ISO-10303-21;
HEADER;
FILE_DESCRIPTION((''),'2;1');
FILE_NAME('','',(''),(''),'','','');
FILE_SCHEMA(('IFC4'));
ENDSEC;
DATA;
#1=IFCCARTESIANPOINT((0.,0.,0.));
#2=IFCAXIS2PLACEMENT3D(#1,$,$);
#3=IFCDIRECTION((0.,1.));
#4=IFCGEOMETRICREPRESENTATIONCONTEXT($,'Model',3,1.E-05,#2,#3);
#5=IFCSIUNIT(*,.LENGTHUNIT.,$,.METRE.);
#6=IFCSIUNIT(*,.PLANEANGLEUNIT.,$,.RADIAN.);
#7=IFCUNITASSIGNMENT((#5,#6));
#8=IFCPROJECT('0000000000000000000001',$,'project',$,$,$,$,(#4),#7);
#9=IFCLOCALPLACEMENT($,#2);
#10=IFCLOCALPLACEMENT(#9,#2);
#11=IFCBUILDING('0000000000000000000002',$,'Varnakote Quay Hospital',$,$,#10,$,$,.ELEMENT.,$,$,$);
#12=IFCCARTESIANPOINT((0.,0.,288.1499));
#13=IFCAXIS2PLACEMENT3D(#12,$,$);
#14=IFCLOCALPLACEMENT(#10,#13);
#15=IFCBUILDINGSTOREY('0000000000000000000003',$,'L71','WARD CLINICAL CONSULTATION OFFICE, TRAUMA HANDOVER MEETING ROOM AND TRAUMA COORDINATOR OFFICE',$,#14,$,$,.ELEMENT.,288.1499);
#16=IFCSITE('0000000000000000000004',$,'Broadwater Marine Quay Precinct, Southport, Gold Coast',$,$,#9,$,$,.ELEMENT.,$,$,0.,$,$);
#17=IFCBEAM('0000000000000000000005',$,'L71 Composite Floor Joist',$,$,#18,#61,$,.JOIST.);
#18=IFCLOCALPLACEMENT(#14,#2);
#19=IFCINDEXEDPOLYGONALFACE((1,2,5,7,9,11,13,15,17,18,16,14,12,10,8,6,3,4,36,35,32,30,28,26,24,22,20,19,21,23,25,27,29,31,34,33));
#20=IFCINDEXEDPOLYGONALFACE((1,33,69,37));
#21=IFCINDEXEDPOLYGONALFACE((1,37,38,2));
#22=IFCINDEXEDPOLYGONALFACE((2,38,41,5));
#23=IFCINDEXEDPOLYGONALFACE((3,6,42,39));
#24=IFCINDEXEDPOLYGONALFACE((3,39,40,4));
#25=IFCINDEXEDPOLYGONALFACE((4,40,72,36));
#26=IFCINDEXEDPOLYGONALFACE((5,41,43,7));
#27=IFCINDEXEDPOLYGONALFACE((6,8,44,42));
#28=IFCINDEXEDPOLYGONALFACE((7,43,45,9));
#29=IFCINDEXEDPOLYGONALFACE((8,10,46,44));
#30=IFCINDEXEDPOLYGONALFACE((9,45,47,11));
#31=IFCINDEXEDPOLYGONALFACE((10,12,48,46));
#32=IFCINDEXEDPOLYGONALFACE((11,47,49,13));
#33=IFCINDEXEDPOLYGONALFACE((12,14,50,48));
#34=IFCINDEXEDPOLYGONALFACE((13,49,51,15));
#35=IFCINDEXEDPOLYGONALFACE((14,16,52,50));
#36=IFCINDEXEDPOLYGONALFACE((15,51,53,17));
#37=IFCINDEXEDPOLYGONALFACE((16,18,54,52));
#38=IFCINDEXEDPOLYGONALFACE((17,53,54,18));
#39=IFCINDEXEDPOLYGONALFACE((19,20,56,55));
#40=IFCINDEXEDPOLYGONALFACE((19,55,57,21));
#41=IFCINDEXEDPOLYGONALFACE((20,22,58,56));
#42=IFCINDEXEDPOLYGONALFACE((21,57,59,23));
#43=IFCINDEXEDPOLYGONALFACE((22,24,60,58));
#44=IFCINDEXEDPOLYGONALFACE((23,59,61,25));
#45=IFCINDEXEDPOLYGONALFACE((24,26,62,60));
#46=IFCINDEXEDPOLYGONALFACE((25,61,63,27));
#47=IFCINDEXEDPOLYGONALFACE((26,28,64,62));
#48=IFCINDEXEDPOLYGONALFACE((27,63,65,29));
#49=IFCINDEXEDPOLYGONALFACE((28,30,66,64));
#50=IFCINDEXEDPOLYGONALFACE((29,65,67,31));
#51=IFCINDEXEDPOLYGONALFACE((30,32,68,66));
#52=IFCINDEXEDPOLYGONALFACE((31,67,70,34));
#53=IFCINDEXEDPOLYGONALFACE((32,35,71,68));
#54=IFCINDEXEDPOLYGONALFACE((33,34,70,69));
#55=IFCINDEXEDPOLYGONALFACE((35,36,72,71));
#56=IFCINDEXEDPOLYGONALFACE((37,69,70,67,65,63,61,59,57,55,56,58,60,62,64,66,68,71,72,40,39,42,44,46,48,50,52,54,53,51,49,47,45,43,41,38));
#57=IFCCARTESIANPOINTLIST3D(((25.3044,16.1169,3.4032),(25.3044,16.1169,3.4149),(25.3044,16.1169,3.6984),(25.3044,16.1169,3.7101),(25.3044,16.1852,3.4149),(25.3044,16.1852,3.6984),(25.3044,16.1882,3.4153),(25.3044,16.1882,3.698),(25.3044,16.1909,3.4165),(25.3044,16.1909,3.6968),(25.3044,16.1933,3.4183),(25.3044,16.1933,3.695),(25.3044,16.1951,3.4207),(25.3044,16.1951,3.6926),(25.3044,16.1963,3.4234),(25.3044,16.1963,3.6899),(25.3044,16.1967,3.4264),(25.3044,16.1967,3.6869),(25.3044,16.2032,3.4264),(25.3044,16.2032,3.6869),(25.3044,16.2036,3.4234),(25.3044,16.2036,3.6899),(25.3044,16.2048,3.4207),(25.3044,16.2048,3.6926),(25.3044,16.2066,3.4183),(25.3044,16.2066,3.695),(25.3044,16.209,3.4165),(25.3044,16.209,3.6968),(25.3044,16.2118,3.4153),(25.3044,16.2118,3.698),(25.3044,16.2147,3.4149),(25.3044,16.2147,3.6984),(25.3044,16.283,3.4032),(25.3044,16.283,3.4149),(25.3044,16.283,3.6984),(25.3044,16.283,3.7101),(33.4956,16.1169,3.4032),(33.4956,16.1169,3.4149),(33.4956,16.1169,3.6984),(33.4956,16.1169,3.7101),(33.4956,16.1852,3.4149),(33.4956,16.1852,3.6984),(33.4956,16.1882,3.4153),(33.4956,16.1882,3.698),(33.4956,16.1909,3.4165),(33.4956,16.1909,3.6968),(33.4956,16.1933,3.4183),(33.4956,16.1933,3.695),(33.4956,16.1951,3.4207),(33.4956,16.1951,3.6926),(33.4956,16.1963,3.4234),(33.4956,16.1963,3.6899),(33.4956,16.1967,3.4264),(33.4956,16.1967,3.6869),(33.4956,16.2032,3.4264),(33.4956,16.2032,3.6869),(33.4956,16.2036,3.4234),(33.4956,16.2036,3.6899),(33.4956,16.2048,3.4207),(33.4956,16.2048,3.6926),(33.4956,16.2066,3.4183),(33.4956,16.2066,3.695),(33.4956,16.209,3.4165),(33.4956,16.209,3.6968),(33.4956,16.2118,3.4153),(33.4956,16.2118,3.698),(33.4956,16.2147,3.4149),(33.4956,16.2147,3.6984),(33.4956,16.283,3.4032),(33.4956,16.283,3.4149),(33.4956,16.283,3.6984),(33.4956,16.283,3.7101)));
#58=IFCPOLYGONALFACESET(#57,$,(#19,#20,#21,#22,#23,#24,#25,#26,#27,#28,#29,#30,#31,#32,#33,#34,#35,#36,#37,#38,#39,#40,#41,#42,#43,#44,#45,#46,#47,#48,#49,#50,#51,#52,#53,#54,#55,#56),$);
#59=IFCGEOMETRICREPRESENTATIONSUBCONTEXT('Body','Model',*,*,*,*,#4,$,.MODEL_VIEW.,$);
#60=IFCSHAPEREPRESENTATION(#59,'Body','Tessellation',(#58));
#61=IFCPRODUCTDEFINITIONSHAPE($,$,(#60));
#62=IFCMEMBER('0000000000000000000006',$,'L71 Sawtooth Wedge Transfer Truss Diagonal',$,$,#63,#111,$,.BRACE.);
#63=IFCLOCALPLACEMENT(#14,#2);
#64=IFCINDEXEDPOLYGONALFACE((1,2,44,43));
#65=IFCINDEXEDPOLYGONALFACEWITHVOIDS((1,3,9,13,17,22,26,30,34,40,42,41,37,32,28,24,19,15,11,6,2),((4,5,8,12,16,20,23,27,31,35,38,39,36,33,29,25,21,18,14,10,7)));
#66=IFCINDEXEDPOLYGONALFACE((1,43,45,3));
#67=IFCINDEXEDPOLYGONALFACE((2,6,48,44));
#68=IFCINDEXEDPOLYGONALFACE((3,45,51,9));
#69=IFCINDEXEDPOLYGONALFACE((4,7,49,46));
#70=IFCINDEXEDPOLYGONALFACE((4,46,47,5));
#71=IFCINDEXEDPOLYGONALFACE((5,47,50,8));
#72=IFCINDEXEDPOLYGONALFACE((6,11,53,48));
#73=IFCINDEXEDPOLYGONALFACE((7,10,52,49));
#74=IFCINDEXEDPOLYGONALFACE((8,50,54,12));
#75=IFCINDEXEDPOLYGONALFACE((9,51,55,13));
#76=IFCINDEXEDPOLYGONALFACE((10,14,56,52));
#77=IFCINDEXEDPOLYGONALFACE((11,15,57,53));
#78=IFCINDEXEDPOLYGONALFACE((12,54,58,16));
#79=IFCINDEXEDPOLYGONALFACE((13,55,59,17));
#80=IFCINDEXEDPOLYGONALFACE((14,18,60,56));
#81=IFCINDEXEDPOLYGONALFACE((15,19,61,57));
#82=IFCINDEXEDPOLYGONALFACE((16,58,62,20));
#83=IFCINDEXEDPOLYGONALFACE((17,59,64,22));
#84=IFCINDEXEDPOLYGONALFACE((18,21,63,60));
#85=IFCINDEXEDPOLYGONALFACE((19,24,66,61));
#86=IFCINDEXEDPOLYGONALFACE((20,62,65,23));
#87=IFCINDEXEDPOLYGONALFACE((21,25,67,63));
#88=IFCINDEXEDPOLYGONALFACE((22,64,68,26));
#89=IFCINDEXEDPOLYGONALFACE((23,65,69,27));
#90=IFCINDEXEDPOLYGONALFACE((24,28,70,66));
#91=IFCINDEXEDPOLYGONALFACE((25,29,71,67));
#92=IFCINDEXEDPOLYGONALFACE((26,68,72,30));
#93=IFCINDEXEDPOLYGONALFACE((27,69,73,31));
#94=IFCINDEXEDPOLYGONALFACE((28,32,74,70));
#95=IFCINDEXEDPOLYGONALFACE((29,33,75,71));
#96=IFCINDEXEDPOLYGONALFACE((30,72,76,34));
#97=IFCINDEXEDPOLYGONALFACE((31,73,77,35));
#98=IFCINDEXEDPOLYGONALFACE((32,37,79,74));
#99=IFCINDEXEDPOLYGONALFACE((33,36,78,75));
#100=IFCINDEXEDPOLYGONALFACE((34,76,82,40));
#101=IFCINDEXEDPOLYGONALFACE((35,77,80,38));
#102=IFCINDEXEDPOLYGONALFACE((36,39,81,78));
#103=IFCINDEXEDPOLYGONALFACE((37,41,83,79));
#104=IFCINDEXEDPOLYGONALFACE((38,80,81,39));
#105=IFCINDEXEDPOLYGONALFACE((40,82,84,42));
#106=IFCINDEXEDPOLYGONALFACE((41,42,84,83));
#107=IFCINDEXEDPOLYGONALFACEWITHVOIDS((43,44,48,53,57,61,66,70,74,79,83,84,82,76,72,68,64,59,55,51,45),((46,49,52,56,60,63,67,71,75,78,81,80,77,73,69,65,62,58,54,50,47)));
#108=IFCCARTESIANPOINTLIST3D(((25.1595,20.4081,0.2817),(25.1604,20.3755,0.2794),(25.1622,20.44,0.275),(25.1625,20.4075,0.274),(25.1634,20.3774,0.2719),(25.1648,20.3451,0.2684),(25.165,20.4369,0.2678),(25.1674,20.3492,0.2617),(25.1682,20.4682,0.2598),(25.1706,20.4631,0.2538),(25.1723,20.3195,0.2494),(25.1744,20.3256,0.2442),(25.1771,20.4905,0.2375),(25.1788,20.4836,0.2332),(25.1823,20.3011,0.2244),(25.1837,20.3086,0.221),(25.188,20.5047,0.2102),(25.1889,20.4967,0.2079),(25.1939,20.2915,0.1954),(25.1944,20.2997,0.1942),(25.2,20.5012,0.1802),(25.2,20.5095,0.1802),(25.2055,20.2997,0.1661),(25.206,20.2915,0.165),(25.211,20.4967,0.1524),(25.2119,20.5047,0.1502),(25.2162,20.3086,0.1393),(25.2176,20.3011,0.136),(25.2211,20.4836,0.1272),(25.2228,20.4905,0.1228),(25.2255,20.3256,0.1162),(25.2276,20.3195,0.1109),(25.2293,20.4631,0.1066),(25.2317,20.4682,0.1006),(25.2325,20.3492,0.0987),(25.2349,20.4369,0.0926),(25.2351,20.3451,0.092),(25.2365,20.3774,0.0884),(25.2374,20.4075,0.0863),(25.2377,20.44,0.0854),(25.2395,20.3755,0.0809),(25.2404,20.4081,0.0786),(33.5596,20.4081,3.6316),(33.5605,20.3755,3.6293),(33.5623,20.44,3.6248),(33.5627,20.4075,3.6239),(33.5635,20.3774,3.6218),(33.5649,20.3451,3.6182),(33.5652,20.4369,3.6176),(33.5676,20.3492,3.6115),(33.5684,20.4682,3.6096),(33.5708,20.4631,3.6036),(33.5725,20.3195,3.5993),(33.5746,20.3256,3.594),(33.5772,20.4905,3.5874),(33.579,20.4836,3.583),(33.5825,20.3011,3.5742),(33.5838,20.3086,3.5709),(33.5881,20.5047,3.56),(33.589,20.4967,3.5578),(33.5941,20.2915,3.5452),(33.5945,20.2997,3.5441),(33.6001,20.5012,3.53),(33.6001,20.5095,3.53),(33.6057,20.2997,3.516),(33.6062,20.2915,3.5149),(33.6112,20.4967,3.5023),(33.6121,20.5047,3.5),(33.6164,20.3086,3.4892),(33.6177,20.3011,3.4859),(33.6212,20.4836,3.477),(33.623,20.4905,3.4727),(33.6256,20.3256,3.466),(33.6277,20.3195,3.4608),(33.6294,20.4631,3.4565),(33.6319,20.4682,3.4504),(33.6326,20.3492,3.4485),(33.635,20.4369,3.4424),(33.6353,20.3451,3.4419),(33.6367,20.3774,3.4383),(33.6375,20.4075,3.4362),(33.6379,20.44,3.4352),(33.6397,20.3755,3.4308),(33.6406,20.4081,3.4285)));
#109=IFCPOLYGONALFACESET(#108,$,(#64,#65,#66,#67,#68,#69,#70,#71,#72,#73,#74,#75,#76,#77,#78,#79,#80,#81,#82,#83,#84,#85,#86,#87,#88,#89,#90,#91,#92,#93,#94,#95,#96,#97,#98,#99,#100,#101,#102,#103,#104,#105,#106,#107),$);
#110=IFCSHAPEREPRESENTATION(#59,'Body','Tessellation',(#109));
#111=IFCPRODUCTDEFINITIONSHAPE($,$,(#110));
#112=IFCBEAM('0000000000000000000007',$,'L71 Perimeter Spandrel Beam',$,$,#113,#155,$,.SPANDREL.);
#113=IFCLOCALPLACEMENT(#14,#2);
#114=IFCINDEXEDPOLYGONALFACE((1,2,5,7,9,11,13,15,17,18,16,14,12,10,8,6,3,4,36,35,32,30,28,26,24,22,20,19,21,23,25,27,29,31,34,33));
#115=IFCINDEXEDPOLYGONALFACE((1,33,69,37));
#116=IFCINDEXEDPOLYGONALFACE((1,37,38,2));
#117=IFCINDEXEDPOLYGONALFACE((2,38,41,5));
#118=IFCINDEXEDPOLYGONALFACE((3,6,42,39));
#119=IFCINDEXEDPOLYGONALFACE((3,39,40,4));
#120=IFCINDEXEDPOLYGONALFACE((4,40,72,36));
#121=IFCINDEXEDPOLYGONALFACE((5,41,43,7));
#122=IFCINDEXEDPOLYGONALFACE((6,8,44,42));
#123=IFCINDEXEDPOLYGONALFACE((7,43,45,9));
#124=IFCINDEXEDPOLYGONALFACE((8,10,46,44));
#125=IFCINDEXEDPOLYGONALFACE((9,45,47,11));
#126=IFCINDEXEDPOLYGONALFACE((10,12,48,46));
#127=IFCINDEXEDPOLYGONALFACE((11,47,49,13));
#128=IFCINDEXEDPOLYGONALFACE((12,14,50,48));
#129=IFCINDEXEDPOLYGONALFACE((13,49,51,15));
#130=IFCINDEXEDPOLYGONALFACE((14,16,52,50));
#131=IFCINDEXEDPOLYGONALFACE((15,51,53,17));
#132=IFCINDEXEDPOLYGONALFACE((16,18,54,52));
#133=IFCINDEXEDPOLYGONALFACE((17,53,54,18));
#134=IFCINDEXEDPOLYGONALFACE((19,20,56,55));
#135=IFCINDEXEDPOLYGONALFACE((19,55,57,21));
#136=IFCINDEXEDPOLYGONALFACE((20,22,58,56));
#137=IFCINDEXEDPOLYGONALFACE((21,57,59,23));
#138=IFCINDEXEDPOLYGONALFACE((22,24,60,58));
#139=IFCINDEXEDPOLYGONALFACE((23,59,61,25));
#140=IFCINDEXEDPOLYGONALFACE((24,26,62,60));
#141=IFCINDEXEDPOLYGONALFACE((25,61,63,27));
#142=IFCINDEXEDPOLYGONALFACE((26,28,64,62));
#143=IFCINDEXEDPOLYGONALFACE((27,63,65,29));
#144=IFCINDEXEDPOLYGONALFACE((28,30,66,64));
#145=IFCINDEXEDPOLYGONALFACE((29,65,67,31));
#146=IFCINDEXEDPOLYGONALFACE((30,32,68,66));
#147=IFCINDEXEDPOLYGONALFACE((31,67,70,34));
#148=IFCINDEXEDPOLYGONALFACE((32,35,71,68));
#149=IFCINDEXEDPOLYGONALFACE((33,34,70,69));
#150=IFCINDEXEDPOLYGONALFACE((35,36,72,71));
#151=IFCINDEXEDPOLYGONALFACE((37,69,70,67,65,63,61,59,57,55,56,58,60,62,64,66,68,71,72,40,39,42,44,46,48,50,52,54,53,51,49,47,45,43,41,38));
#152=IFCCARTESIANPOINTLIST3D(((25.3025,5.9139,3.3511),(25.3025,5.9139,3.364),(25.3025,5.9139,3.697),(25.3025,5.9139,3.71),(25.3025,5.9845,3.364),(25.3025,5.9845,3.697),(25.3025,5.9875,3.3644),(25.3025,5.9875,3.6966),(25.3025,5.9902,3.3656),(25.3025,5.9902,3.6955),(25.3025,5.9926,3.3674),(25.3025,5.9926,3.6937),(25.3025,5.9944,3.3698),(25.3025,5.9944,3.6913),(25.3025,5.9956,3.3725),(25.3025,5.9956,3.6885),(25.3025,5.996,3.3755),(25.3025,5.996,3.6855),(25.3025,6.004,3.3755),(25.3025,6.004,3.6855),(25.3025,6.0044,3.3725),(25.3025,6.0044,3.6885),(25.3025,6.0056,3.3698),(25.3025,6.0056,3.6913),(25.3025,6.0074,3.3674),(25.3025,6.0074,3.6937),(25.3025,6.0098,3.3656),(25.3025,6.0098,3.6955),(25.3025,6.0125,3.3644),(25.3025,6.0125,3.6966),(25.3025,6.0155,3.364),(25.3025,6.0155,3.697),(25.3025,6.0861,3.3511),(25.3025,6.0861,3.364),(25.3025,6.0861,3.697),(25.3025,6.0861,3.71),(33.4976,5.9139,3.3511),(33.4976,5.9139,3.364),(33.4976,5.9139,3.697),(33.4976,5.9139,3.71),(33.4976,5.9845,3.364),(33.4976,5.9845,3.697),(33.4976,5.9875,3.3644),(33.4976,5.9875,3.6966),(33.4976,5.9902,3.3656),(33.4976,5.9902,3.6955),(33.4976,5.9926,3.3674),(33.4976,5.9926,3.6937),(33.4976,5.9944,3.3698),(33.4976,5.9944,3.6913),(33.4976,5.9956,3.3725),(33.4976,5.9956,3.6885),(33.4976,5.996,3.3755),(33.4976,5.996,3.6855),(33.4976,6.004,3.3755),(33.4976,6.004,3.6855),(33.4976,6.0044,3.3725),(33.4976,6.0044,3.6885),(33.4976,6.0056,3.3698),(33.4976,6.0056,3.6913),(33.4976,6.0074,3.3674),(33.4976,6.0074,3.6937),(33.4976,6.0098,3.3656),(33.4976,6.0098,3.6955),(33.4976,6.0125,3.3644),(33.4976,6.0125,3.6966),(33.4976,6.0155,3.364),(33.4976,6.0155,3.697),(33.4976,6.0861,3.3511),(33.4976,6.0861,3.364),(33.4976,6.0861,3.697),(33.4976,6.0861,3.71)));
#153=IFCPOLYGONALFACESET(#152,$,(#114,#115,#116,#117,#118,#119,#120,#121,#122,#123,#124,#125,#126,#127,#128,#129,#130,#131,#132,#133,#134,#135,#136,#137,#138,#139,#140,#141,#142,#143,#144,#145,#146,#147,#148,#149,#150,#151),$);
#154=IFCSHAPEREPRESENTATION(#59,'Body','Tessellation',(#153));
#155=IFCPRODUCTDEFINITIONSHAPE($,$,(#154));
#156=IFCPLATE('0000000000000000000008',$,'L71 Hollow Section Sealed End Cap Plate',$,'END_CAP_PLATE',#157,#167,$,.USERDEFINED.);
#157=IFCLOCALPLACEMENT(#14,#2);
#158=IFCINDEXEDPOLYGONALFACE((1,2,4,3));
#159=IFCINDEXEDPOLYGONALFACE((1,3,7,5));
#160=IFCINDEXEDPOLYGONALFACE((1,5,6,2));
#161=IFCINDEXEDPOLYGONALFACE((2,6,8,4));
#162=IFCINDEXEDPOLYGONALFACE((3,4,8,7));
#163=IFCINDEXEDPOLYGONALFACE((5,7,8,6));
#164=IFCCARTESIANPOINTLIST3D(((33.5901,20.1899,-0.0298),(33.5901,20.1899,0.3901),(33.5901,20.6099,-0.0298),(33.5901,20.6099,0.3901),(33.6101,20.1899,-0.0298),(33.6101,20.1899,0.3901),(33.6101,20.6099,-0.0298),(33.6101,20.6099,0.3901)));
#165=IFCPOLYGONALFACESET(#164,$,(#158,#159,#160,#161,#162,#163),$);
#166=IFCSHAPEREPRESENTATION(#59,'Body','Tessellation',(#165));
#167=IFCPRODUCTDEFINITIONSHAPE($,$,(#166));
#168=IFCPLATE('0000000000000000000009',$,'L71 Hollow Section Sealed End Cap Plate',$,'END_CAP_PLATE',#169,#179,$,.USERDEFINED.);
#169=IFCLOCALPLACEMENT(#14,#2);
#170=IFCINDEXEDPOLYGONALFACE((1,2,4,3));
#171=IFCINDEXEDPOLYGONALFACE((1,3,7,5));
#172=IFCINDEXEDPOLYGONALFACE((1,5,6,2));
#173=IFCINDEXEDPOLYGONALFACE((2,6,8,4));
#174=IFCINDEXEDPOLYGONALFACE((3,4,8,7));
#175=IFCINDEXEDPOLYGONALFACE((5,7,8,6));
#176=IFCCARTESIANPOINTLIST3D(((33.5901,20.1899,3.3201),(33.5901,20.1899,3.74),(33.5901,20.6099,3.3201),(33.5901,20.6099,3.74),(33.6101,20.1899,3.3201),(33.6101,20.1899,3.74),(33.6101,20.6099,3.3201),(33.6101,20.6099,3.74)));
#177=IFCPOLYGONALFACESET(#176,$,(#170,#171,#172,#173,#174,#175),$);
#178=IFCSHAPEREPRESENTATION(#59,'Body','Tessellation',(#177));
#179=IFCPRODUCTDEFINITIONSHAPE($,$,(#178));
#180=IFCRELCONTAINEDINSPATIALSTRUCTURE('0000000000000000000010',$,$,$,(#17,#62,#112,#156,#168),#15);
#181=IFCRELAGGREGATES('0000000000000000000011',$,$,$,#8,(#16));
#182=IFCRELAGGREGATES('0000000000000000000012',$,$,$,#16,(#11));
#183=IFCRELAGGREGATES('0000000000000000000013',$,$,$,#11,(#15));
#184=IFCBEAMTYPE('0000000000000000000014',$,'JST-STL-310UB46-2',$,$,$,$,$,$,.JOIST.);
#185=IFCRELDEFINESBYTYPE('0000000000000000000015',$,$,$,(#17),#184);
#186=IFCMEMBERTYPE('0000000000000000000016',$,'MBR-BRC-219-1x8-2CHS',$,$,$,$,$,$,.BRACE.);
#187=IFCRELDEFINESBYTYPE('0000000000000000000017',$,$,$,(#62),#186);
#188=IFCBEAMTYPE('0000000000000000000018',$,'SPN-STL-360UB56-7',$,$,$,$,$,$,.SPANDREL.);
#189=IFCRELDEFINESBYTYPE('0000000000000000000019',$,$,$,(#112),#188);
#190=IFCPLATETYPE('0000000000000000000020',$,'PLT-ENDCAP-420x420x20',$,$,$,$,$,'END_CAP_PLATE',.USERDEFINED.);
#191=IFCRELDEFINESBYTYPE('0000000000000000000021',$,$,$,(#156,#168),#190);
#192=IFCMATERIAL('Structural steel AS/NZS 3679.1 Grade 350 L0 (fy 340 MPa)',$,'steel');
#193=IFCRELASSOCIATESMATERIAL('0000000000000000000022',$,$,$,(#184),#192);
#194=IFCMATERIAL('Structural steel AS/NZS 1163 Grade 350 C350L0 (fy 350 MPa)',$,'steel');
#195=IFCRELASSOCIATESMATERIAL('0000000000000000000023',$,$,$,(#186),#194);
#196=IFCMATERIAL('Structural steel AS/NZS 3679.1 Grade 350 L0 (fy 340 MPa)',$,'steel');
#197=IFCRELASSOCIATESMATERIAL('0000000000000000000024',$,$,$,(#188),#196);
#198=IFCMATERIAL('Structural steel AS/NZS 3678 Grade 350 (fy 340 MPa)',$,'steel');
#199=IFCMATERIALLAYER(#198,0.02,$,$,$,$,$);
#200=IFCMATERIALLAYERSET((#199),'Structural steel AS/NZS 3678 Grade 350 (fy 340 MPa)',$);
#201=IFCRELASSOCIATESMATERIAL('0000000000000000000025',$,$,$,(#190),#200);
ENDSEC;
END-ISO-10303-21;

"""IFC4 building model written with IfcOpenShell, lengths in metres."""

from ifc_helpers import new_model, si_unit, direction, frame, origin, origin_2d, place, context, subcontext, project, spatial, rectangle, hollow_circle, i_section, extrude, material, layer, layer_set, material_profile, profile_set, type_object, element, save


model = new_model("IFC4")

# Units and contexts
model_context = context("Model", 3, precision=1e-05, world=origin(), true_north=direction((0.0, 1.0)))
body_context = subcontext(model_context, "Body", "Model", "MODEL_VIEW")
ifc_project = project(units=[si_unit("LENGTHUNIT", "METRE"), si_unit("PLANEANGLEUNIT", "RADIAN")], contexts=[model_context])

# Site, building, storey
site_placement = place(None, origin())
site = spatial("IfcSite", under=ifc_project, at=site_placement, Name="Broadwater Marine Quay Precinct, Southport, Gold Coast", CompositionType="ELEMENT", RefElevation=0.0)
building_placement = place(site_placement, origin())
building = spatial("IfcBuilding", under=site, at=building_placement, Name="Varnakote Quay Hospital", CompositionType="ELEMENT")
storey_placement = place(building_placement, frame((0.0, 0.0, 288.1499)))
storey = spatial("IfcBuildingStorey", under=building, at=storey_placement, Name="L71", Description="WARD CLINICAL CONSULTATION OFFICE, TRAUMA HANDOVER MEETING ROOM AND TRAUMA COORDINATOR OFFICE", CompositionType="ELEMENT", Elevation=288.1499)

# Beam
ifc_material_1 = material(Name="Structural steel AS/NZS 3679.1 Grade 350 L0 (fy 340 MPa)", Category="steel")
ifc_material_profile_1 = material_profile(ifc_material_1, i_section(OverallWidth=0.166, OverallDepth=0.3069, WebThickness=0.0066, FlangeThickness=0.0117, FilletRadius=0.0115, at=origin_2d()), Name="310UB46.2")
ifc_profile_set_1 = profile_set([ifc_material_profile_1], Name="Structural steel AS/NZS 3679.1 Grade 350 L0 (fy 340 MPa)")
beam_type_1 = type_object("IfcBeamType", Name="JST-STL-310UB46-2", PredefinedType="JOIST", material=ifc_profile_set_1)
for number, where, z_axis, x_axis, name in (
    (1, (25.3044, 16.2, 3.5566), (1.0, 0.0, 0.0), (0.0, 1.0, 0.0), "L71 Composite Floor Joist"),
):
    element("IfcBeam", number, at=place(storey_placement, frame(where, z_axis=z_axis, x_axis=x_axis)), inside=storey, type_object=beam_type_1, Name=name, PredefinedType="JOIST", context=body_context, shape_type="SweptSolid", body=[
        extrude(i_section(OverallWidth=0.166, OverallDepth=0.3069, WebThickness=0.0066, FlangeThickness=0.0117, FilletRadius=0.0115, at=origin_2d()), origin(), (0.0, 0.0, 1.0), 8.1912),
    ])

# Member
ifc_material_2 = material(Name="Structural steel AS/NZS 1163 Grade 350 C350L0 (fy 350 MPa)", Category="steel")
ifc_material_profile_2 = material_profile(ifc_material_2, hollow_circle(Radius=0.1096, WallThickness=0.0083, at=origin_2d()), Name="219.1x8.2CHS")
ifc_profile_set_2 = profile_set([ifc_material_profile_2], Name="Structural steel AS/NZS 1163 Grade 350 C350L0 (fy 350 MPa)")
member_type = type_object("IfcMemberType", Name="MBR-BRC-219-1x8-2CHS", PredefinedType="BRACE", material=ifc_profile_set_2)
member_placement = place(storey_placement, frame((25.2, 20.3999, 0.1802), z_axis=(0.928865, 0.0, 0.370418), x_axis=(0.0, 1.0, 0.0)))
element("IfcMember", 2, at=member_placement, inside=storey, type_object=member_type, Name="L71 Sawtooth Wedge Transfer Truss Diagonal", PredefinedType="BRACE", context=body_context, shape_type="SweptSolid", body=[
    extrude(hollow_circle(Radius=0.1096, WallThickness=0.0083, at=origin_2d()), origin(), (0.0, 0.0, 1.0), 9.0435),
])

# Beam
ifc_material_3 = material(Name="Structural steel AS/NZS 3679.1 Grade 350 L0 (fy 340 MPa)", Category="steel")
ifc_material_profile_3 = material_profile(ifc_material_3, i_section(OverallWidth=0.1721, OverallDepth=0.3589, WebThickness=0.0081, FlangeThickness=0.0129, FilletRadius=0.0115, at=origin_2d()), Name="360UB56.7")
ifc_profile_set_3 = profile_set([ifc_material_profile_3], Name="Structural steel AS/NZS 3679.1 Grade 350 L0 (fy 340 MPa)")
beam_type_2 = type_object("IfcBeamType", Name="SPN-STL-360UB56-7", PredefinedType="SPANDREL", material=ifc_profile_set_3)
beam_1_placement = place(storey_placement, frame((25.3025, 6.0, 3.5305), z_axis=(1.0, 0.0, 0.0), x_axis=(0.0, 1.0, 0.0)))
element("IfcBeam", 3, at=beam_1_placement, inside=storey, type_object=beam_type_2, Name="L71 Perimeter Spandrel Beam", PredefinedType="SPANDREL", context=body_context, shape_type="SweptSolid", body=[
    extrude(i_section(OverallWidth=0.1721, OverallDepth=0.3589, WebThickness=0.0081, FlangeThickness=0.0129, FilletRadius=0.0115, at=origin_2d()), origin(), (0.0, 0.0, 1.0), 8.1951),
])

# Plates
ifc_material_4 = material(Name="Structural steel AS/NZS 3678 Grade 350 (fy 340 MPa)", Category="steel")
ifc_layer_1 = layer(ifc_material_4, 0.02)
ifc_layer_set_1 = layer_set([ifc_layer_1], Name="Structural steel AS/NZS 3678 Grade 350 (fy 340 MPa)")
plate_type_1 = type_object("IfcPlateType", Name="PLT-ENDCAP-420x420x20", ElementType="END_CAP_PLATE", PredefinedType="USERDEFINED", material=ifc_layer_set_1)
for number, where, z_axis, x_axis, name in (
    (4, (33.6001, 20.3999, -0.0298), (0.0, 0.0, 1.0), (1.0, 0.0, 0.0), "L71 Hollow Section Sealed End Cap Plate"),
    (5, (33.6001, 20.3999, 3.3201), (0.0, 0.0, 1.0), (1.0, 0.0, 0.0), "L71 Hollow Section Sealed End Cap Plate"),
):
    element("IfcPlate", number, at=place(storey_placement, frame(where, z_axis=z_axis, x_axis=x_axis)), inside=storey, type_object=plate_type_1, Name=name, ObjectType="END_CAP_PLATE", PredefinedType="USERDEFINED", context=body_context, shape_type="SweptSolid", body=[
        extrude(rectangle(XDim=0.02, YDim=0.4199, at=origin_2d()), origin(), (0.0, 0.0, 1.0), 0.4199),
    ])

save(model, "model.ifc")
